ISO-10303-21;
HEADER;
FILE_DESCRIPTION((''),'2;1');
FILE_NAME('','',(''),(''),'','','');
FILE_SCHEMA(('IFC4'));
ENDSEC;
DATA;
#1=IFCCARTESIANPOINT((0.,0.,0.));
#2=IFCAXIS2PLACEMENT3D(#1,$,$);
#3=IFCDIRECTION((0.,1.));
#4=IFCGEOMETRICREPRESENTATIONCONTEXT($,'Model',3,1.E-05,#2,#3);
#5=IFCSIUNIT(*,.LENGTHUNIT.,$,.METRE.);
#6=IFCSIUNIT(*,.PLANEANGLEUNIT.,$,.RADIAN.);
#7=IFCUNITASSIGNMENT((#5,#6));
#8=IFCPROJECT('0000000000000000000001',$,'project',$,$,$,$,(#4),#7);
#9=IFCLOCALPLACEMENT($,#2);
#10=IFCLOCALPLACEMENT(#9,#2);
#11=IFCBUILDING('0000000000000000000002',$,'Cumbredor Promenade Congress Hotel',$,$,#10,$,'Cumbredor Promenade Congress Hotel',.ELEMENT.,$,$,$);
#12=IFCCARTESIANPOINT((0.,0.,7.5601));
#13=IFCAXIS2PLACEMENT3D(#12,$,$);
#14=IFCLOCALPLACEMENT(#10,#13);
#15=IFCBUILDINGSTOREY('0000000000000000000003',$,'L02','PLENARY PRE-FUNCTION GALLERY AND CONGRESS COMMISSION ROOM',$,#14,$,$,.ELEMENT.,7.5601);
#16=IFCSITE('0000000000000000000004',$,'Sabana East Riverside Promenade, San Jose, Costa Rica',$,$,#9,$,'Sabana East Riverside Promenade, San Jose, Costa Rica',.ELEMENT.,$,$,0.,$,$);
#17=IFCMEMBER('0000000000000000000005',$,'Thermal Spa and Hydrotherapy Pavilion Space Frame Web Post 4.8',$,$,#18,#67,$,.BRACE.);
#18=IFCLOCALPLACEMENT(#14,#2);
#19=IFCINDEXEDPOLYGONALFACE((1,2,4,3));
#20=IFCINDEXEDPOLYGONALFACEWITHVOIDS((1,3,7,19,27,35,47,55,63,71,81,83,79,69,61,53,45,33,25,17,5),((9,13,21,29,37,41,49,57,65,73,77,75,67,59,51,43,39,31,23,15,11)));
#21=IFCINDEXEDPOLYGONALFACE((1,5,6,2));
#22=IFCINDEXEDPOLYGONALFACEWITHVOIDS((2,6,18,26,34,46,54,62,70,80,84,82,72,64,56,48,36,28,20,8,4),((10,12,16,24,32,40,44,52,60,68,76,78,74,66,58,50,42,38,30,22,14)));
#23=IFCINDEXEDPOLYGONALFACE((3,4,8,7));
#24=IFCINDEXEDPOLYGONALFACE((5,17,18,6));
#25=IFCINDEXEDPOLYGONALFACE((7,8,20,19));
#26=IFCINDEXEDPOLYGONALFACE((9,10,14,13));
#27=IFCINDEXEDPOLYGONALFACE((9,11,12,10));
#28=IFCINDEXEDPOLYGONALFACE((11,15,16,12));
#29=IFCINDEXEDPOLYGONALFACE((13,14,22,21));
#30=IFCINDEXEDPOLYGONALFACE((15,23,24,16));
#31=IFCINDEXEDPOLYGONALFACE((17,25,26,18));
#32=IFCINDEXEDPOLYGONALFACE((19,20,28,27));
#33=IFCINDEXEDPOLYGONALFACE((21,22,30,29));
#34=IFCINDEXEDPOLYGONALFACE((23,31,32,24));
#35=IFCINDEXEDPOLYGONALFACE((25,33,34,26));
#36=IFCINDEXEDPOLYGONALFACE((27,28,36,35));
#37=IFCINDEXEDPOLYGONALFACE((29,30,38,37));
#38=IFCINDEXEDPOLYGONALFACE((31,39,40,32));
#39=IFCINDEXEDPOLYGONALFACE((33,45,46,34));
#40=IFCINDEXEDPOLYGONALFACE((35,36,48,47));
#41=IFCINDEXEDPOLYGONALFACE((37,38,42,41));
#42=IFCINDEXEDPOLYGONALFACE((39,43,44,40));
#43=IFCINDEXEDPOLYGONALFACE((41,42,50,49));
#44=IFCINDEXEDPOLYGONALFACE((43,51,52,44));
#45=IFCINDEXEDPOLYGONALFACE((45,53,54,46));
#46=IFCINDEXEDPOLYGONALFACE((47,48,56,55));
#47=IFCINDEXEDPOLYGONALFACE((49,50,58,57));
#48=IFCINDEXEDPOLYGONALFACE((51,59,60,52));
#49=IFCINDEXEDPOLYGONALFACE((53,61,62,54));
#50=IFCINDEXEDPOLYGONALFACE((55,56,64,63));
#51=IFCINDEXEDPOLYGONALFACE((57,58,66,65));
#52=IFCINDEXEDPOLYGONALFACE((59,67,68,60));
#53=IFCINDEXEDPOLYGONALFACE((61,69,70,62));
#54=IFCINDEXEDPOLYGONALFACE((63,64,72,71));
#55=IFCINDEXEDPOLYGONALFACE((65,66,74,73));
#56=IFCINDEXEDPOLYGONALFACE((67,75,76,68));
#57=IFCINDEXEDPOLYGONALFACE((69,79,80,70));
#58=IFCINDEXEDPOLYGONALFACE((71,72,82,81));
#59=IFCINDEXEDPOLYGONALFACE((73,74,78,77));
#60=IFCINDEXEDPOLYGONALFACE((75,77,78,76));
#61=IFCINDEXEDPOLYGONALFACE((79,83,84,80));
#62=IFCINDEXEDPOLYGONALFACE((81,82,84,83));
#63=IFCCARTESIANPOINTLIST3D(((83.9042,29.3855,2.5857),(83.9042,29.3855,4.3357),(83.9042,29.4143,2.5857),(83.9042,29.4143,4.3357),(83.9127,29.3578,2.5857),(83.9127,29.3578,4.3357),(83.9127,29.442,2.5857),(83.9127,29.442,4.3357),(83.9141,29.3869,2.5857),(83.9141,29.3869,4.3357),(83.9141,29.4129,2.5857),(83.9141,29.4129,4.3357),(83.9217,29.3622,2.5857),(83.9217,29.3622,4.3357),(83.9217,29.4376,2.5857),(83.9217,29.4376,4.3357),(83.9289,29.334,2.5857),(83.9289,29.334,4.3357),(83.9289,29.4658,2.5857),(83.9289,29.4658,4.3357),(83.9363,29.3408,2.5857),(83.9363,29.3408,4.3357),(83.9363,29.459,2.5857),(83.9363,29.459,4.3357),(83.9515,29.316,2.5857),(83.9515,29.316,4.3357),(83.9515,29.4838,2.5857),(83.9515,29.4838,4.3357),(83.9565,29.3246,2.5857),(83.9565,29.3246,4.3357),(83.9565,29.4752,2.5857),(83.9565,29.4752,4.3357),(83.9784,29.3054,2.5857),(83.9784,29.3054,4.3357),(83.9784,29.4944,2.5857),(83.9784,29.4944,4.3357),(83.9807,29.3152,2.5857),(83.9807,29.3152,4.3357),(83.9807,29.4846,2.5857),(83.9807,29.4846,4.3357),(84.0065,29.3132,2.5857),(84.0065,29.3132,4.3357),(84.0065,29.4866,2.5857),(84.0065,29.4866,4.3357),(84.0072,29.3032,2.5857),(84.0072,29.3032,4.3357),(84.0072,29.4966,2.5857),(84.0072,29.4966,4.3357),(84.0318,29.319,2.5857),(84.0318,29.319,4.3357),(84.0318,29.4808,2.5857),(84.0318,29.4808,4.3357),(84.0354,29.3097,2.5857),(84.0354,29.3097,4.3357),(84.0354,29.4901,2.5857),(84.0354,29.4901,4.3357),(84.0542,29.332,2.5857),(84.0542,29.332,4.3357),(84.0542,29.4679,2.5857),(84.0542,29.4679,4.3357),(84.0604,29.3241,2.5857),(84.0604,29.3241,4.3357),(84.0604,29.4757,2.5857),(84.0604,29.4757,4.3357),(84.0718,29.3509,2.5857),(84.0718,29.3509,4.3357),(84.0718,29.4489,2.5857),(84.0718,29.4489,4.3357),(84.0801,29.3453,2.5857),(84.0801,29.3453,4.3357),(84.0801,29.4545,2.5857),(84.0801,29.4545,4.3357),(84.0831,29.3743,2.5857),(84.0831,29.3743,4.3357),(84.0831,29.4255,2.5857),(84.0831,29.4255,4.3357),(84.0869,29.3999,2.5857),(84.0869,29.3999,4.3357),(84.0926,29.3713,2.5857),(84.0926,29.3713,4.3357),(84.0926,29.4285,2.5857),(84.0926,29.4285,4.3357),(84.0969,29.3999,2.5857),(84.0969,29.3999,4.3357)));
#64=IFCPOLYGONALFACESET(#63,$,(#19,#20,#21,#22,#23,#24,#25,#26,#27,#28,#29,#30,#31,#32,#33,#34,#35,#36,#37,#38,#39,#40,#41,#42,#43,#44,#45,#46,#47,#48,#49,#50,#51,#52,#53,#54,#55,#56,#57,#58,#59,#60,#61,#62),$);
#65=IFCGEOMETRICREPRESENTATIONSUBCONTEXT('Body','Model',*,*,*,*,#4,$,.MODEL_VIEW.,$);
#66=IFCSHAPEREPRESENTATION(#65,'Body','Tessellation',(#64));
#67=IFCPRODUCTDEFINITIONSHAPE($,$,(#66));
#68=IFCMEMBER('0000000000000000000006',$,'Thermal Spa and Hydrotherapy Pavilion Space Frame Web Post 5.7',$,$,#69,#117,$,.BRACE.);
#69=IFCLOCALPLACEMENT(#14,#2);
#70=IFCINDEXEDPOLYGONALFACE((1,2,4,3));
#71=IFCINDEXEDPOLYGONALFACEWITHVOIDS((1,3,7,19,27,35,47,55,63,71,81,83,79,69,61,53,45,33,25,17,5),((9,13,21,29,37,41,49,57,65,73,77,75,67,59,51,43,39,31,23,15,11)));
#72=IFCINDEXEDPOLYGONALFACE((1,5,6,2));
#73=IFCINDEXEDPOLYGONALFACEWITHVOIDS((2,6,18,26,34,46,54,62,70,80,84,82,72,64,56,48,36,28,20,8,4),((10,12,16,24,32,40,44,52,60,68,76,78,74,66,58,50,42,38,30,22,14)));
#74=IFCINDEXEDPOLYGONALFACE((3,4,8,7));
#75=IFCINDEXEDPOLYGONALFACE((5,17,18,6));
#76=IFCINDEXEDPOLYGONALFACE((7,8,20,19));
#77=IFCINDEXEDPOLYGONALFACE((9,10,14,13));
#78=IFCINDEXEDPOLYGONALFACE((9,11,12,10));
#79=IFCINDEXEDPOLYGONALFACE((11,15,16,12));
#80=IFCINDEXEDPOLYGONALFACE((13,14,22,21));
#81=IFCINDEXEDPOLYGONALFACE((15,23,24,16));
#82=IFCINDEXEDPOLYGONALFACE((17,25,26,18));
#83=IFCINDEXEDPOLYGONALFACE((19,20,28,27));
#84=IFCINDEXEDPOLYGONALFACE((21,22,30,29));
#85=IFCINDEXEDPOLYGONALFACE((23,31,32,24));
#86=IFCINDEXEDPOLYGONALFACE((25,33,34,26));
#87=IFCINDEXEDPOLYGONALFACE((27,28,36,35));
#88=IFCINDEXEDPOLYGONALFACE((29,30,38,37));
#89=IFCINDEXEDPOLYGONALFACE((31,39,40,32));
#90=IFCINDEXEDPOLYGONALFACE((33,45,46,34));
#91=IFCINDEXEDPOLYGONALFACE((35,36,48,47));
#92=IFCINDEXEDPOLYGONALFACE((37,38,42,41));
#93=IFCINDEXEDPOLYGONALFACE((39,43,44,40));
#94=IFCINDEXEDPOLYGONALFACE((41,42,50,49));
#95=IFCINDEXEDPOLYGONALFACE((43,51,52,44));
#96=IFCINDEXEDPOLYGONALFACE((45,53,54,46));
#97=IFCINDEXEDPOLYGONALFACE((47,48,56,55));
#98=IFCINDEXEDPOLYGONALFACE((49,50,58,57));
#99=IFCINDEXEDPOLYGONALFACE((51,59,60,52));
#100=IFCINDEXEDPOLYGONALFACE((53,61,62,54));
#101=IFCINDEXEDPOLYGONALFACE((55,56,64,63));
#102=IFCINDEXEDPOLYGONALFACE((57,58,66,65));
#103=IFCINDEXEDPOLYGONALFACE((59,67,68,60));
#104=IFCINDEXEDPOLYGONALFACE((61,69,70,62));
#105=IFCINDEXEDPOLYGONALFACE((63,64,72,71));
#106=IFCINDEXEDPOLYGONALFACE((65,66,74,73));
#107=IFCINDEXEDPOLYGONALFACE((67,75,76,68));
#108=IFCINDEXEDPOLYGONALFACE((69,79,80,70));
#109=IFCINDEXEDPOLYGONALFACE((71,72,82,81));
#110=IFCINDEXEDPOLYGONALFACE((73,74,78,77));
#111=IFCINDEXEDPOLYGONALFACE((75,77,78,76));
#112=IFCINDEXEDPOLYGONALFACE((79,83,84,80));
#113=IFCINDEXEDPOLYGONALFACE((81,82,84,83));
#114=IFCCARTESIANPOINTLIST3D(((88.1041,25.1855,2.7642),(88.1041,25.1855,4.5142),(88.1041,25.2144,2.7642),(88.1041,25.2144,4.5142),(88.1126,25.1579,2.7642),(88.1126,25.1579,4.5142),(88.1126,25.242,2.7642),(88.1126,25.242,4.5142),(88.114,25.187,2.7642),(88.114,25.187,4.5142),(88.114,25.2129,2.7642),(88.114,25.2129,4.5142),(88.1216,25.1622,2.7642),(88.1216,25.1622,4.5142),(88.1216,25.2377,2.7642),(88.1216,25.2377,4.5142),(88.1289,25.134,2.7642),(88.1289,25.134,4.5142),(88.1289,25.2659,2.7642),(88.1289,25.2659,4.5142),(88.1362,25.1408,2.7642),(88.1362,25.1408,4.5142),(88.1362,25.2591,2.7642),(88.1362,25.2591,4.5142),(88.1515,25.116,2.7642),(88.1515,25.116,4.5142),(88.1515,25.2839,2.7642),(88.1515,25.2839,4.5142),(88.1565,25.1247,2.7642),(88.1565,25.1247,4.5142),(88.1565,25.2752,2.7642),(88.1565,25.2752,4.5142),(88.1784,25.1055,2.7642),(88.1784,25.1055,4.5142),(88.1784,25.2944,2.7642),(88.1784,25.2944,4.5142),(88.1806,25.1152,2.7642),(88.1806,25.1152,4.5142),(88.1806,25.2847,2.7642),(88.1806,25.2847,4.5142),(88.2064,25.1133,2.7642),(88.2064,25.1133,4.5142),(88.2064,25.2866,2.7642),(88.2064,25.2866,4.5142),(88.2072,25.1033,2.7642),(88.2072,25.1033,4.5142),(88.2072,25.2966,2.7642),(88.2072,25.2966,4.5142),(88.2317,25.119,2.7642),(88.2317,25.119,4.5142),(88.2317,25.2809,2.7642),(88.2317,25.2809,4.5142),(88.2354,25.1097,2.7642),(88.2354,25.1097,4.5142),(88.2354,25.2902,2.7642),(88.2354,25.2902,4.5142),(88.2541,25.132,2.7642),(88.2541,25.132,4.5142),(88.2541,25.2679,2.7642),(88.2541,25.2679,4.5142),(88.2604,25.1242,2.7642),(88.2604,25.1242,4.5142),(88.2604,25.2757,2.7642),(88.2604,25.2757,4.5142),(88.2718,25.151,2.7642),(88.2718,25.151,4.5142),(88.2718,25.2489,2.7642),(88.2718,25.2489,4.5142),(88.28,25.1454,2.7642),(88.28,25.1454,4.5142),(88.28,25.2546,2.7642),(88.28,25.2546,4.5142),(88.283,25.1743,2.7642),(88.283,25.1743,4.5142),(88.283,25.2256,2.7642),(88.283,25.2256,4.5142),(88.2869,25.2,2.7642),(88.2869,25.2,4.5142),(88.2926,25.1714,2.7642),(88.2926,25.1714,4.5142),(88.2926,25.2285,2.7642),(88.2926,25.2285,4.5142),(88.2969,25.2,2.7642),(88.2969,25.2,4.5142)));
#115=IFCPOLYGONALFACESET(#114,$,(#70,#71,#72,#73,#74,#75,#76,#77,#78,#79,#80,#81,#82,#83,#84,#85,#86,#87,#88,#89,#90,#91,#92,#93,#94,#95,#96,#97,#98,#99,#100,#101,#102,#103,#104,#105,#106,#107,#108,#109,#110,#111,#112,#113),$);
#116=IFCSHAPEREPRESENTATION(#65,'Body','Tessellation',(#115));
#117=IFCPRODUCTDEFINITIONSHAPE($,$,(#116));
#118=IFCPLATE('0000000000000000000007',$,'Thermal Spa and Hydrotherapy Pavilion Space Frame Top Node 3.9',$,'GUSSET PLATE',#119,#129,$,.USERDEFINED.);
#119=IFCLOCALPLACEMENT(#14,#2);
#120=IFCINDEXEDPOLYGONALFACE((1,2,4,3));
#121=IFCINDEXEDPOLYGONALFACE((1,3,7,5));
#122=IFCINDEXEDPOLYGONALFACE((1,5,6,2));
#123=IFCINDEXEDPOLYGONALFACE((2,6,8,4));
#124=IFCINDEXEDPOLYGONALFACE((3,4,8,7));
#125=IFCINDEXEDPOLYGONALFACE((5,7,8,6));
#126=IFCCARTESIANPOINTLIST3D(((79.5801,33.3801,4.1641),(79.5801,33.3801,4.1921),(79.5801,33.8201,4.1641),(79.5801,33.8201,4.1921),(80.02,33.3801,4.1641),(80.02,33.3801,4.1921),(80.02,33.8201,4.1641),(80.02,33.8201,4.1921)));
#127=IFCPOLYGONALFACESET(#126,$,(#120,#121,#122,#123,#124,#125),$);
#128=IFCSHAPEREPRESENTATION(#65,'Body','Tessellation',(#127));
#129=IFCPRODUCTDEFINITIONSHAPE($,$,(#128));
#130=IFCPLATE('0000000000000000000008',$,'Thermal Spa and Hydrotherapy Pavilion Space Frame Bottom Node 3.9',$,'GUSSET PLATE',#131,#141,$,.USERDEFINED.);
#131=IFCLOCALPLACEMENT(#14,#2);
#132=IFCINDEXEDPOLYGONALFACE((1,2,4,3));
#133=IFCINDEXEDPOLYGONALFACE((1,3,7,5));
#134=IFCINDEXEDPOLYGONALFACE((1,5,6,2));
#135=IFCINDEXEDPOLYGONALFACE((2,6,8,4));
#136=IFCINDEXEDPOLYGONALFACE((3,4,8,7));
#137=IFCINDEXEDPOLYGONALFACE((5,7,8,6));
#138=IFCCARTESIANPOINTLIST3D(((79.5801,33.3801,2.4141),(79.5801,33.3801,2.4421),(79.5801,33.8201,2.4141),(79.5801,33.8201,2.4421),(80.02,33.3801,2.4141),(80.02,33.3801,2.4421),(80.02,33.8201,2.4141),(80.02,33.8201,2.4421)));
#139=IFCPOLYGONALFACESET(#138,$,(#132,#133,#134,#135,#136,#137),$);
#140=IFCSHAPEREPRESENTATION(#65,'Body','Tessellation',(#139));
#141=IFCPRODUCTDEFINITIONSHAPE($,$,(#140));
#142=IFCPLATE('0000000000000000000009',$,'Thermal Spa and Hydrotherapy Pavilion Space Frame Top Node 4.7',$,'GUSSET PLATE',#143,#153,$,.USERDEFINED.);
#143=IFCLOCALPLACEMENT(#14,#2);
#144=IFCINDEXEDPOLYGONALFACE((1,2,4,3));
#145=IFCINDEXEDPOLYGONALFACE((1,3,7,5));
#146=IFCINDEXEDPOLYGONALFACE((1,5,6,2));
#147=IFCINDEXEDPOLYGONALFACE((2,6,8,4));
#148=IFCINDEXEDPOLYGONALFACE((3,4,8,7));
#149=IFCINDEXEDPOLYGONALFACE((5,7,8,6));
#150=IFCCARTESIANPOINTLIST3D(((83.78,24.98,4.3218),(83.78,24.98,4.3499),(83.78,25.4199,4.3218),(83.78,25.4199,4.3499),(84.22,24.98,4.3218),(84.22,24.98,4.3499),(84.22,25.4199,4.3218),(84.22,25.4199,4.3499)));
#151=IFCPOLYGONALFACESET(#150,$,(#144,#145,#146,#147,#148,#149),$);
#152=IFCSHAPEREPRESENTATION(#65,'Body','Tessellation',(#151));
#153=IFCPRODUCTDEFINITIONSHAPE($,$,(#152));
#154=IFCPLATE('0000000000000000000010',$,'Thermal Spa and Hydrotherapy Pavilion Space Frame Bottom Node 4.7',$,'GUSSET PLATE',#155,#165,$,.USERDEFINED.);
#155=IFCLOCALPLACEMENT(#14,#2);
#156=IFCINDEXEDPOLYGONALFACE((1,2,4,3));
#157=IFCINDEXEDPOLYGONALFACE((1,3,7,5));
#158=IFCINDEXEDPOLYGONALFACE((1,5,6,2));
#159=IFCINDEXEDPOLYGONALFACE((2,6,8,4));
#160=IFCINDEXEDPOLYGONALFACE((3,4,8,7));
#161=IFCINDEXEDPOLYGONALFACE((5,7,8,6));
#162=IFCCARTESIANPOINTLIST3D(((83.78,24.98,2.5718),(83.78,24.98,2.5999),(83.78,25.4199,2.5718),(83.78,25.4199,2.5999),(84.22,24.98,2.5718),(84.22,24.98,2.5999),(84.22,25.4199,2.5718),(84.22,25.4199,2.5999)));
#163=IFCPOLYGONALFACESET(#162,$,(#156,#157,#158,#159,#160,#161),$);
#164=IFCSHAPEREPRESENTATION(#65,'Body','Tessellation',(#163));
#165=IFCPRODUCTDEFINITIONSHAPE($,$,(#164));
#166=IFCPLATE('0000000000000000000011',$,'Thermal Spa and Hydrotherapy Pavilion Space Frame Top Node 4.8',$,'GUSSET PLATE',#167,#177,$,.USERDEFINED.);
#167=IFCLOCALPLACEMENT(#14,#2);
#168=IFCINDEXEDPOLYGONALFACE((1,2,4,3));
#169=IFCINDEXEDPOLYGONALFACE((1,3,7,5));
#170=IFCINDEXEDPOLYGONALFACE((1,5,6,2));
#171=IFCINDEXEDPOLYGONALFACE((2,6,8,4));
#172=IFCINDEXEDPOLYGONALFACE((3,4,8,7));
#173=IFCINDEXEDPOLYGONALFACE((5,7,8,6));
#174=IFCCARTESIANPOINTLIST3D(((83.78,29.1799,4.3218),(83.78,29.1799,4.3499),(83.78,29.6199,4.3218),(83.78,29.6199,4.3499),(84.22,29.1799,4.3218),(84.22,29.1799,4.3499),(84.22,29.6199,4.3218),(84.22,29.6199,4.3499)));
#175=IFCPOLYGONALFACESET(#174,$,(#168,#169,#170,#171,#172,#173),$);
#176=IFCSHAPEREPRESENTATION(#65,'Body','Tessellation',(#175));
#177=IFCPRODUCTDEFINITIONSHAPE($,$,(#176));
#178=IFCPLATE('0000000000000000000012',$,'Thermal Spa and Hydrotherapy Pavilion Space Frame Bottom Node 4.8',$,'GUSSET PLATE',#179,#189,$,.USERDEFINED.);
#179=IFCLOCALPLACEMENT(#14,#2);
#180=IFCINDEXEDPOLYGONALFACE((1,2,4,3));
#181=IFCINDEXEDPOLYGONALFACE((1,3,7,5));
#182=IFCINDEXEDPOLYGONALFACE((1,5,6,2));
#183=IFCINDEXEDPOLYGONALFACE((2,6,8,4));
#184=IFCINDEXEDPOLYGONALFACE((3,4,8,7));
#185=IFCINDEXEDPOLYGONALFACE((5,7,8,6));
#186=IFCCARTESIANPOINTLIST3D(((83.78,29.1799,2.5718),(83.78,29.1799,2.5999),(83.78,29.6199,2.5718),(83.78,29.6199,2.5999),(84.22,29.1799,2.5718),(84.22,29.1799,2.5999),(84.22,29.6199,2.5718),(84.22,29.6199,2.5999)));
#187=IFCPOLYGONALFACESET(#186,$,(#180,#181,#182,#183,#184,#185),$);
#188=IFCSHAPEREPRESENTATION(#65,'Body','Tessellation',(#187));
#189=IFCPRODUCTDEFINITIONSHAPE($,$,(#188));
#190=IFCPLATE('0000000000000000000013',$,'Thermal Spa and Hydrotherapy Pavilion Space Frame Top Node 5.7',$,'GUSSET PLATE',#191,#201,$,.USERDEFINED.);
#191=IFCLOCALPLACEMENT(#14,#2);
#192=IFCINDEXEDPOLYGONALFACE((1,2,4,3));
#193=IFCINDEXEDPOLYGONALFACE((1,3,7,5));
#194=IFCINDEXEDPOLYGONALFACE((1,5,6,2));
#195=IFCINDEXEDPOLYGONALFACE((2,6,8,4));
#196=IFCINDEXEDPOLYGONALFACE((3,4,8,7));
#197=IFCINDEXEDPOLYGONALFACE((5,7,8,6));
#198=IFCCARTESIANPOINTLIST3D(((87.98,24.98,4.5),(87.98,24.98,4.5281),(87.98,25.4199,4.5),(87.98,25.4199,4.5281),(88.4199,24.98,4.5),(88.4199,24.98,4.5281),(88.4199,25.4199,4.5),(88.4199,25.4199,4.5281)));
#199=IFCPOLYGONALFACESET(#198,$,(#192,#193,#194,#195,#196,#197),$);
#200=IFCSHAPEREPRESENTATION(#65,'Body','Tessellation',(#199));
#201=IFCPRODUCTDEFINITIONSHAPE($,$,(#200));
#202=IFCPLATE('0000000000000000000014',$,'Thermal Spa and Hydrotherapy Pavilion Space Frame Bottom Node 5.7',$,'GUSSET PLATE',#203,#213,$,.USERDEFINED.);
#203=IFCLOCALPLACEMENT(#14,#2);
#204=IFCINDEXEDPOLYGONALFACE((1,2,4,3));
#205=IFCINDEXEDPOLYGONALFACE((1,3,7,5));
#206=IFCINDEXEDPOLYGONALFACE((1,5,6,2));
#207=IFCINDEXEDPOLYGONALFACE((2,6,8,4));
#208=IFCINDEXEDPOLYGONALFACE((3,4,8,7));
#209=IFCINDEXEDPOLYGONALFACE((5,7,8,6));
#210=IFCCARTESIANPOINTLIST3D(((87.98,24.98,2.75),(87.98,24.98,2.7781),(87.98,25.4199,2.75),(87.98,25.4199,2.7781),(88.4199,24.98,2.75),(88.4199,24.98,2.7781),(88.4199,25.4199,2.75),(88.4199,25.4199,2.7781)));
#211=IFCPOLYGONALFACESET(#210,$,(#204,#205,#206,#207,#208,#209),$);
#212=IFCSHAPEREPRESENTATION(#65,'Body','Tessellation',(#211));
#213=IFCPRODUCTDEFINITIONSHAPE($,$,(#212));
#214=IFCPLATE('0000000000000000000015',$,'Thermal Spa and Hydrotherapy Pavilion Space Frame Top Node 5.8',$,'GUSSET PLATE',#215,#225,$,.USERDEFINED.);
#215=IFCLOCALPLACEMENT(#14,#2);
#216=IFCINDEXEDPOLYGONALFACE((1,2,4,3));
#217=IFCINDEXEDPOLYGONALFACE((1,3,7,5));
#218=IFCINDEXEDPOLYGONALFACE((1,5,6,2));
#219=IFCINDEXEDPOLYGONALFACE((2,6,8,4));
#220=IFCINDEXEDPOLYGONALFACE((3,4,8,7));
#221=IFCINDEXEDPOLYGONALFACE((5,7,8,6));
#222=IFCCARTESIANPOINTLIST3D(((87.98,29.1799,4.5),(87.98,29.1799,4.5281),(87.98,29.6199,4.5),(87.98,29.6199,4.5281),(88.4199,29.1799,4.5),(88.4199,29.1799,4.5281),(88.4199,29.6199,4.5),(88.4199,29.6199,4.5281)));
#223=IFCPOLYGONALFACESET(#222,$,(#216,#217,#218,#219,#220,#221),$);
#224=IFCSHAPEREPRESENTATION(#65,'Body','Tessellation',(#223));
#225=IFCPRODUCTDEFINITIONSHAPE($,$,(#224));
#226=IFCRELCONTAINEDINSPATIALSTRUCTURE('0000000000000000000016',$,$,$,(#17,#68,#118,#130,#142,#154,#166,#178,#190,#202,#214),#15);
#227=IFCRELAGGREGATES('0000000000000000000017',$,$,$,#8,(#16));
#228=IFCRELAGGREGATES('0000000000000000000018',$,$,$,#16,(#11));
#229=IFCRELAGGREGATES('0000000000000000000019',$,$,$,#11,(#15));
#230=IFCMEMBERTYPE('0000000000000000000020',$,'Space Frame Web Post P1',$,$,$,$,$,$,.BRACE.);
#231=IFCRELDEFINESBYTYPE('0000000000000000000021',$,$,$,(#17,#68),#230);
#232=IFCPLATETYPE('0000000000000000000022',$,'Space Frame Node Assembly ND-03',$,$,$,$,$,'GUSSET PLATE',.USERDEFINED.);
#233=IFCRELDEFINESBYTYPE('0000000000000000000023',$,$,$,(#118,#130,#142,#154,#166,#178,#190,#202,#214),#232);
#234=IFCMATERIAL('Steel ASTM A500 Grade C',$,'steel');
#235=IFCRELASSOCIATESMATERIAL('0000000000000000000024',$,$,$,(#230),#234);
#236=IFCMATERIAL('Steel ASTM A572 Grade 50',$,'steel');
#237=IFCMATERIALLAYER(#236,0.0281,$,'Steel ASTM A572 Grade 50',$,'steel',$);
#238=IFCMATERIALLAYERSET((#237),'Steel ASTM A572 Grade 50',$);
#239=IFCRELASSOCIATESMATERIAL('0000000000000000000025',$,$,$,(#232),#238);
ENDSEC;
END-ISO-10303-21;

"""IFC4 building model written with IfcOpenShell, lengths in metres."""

from ifc_helpers import new_model, si_unit, direction, frame, origin, origin_2d, place, context, subcontext, project, spatial, rectangle, hollow_circle, extrude, material, layer, layer_set, material_profile, profile_set, type_object, element, save


model = new_model("IFC4")

# Units and contexts
model_context = context("Model", 3, precision=1e-05, world=origin(), true_north=direction((0.0, 1.0)))
body_context = subcontext(model_context, "Body", "Model", "MODEL_VIEW")
ifc_project = project(units=[si_unit("LENGTHUNIT", "METRE"), si_unit("PLANEANGLEUNIT", "RADIAN")], contexts=[model_context])

# Site, building, storey
site_placement = place(None, origin())
site = spatial("IfcSite", under=ifc_project, at=site_placement, Name="Sabana East Riverside Promenade, San Jose, Costa Rica", LongName="Sabana East Riverside Promenade, San Jose, Costa Rica", CompositionType="ELEMENT", RefElevation=0.0)
building_placement = place(site_placement, origin())
building = spatial("IfcBuilding", under=site, at=building_placement, Name="Cumbredor Promenade Congress Hotel", LongName="Cumbredor Promenade Congress Hotel", CompositionType="ELEMENT")
storey_placement = place(building_placement, frame((0.0, 0.0, 7.5601)))
storey = spatial("IfcBuildingStorey", under=building, at=storey_placement, Name="L02", Description="PLENARY PRE-FUNCTION GALLERY AND CONGRESS COMMISSION ROOM", CompositionType="ELEMENT", Elevation=7.5601)

# Members
ifc_material_1 = material(Name="Steel ASTM A500 Grade C", Category="steel")
ifc_material_profile_1 = material_profile(ifc_material_1, hollow_circle(Radius=0.0969, WallThickness=0.01, at=origin_2d()), Name="CHS 193.7x10")
ifc_profile_set_1 = profile_set([ifc_material_profile_1], Name="Steel ASTM A500 Grade C")
member_type_1 = type_object("IfcMemberType", Name="Space Frame Web Post P1", PredefinedType="BRACE", material=ifc_profile_set_1)
for number, where, z_axis, x_axis, name in (
    (1, (84.0, 29.3999, 2.5857), (0.0, 0.0, 1.0), (1.0, 0.0, 0.0), "Thermal Spa and Hydrotherapy Pavilion Space Frame Web Post 4.8"),
    (2, (88.2, 25.2, 2.7642), (0.0, 0.0, 1.0), (1.0, 0.0, 0.0), "Thermal Spa and Hydrotherapy Pavilion Space Frame Web Post 5.7"),
):
    element("IfcMember", number, at=place(storey_placement, frame(where, z_axis=z_axis, x_axis=x_axis)), inside=storey, type_object=member_type_1, Name=name, PredefinedType="BRACE", context=body_context, shape_type="SweptSolid", body=[
        extrude(hollow_circle(Radius=0.0969, WallThickness=0.01, at=origin_2d()), origin(), (0.0, 0.0, 1.0), 1.75),
    ])

# Plates
ifc_material_2 = material(Name="Steel ASTM A572 Grade 50", Category="steel")
ifc_layer = layer(ifc_material_2, 0.0281, Name="Steel ASTM A572 Grade 50", Category="steel")
ifc_layer_set = layer_set([ifc_layer], Name="Steel ASTM A572 Grade 50")
plate_type = type_object("IfcPlateType", Name="Space Frame Node Assembly ND-03", ElementType="GUSSET PLATE", PredefinedType="USERDEFINED", material=ifc_layer_set)
for number, where, z_axis, x_axis, name in (
    (3, (79.8, 33.6001, 4.1641), (0.0, 0.0, 1.0), (1.0, 0.0, 0.0), "Thermal Spa and Hydrotherapy Pavilion Space Frame Top Node 3.9"),
    (4, (79.8, 33.6001, 2.4141), (0.0, 0.0, 1.0), (1.0, 0.0, 0.0), "Thermal Spa and Hydrotherapy Pavilion Space Frame Bottom Node 3.9"),
    (5, (84.0, 25.2, 4.3218), (0.0, 0.0, 1.0), (1.0, 0.0, 0.0), "Thermal Spa and Hydrotherapy Pavilion Space Frame Top Node 4.7"),
    (6, (84.0, 25.2, 2.5718), (0.0, 0.0, 1.0), (1.0, 0.0, 0.0), "Thermal Spa and Hydrotherapy Pavilion Space Frame Bottom Node 4.7"),
    (7, (84.0, 29.3999, 4.3218), (0.0, 0.0, 1.0), (1.0, 0.0, 0.0), "Thermal Spa and Hydrotherapy Pavilion Space Frame Top Node 4.8"),
    (8, (84.0, 29.3999, 2.5718), (0.0, 0.0, 1.0), (1.0, 0.0, 0.0), "Thermal Spa and Hydrotherapy Pavilion Space Frame Bottom Node 4.8"),
    (9, (88.2, 25.2, 4.5), (0.0, 0.0, 1.0), (1.0, 0.0, 0.0), "Thermal Spa and Hydrotherapy Pavilion Space Frame Top Node 5.7"),
    (10, (88.2, 25.2, 2.75), (0.0, 0.0, 1.0), (1.0, 0.0, 0.0), "Thermal Spa and Hydrotherapy Pavilion Space Frame Bottom Node 5.7"),
    (11, (88.2, 29.3999, 4.5), (0.0, 0.0, 1.0), (1.0, 0.0, 0.0), "Thermal Spa and Hydrotherapy Pavilion Space Frame Top Node 5.8"),
):
    element("IfcPlate", number, at=place(storey_placement, frame(where, z_axis=z_axis, x_axis=x_axis)), inside=storey, type_object=plate_type, Name=name, ObjectType="GUSSET PLATE", PredefinedType="USERDEFINED", context=body_context, shape_type="SweptSolid", body=[
        extrude(rectangle(XDim=0.4399, YDim=0.4399, at=origin_2d()), origin(), (0.0, 0.0, 1.0), 0.0281),
    ])

save(model, "model.ifc")
